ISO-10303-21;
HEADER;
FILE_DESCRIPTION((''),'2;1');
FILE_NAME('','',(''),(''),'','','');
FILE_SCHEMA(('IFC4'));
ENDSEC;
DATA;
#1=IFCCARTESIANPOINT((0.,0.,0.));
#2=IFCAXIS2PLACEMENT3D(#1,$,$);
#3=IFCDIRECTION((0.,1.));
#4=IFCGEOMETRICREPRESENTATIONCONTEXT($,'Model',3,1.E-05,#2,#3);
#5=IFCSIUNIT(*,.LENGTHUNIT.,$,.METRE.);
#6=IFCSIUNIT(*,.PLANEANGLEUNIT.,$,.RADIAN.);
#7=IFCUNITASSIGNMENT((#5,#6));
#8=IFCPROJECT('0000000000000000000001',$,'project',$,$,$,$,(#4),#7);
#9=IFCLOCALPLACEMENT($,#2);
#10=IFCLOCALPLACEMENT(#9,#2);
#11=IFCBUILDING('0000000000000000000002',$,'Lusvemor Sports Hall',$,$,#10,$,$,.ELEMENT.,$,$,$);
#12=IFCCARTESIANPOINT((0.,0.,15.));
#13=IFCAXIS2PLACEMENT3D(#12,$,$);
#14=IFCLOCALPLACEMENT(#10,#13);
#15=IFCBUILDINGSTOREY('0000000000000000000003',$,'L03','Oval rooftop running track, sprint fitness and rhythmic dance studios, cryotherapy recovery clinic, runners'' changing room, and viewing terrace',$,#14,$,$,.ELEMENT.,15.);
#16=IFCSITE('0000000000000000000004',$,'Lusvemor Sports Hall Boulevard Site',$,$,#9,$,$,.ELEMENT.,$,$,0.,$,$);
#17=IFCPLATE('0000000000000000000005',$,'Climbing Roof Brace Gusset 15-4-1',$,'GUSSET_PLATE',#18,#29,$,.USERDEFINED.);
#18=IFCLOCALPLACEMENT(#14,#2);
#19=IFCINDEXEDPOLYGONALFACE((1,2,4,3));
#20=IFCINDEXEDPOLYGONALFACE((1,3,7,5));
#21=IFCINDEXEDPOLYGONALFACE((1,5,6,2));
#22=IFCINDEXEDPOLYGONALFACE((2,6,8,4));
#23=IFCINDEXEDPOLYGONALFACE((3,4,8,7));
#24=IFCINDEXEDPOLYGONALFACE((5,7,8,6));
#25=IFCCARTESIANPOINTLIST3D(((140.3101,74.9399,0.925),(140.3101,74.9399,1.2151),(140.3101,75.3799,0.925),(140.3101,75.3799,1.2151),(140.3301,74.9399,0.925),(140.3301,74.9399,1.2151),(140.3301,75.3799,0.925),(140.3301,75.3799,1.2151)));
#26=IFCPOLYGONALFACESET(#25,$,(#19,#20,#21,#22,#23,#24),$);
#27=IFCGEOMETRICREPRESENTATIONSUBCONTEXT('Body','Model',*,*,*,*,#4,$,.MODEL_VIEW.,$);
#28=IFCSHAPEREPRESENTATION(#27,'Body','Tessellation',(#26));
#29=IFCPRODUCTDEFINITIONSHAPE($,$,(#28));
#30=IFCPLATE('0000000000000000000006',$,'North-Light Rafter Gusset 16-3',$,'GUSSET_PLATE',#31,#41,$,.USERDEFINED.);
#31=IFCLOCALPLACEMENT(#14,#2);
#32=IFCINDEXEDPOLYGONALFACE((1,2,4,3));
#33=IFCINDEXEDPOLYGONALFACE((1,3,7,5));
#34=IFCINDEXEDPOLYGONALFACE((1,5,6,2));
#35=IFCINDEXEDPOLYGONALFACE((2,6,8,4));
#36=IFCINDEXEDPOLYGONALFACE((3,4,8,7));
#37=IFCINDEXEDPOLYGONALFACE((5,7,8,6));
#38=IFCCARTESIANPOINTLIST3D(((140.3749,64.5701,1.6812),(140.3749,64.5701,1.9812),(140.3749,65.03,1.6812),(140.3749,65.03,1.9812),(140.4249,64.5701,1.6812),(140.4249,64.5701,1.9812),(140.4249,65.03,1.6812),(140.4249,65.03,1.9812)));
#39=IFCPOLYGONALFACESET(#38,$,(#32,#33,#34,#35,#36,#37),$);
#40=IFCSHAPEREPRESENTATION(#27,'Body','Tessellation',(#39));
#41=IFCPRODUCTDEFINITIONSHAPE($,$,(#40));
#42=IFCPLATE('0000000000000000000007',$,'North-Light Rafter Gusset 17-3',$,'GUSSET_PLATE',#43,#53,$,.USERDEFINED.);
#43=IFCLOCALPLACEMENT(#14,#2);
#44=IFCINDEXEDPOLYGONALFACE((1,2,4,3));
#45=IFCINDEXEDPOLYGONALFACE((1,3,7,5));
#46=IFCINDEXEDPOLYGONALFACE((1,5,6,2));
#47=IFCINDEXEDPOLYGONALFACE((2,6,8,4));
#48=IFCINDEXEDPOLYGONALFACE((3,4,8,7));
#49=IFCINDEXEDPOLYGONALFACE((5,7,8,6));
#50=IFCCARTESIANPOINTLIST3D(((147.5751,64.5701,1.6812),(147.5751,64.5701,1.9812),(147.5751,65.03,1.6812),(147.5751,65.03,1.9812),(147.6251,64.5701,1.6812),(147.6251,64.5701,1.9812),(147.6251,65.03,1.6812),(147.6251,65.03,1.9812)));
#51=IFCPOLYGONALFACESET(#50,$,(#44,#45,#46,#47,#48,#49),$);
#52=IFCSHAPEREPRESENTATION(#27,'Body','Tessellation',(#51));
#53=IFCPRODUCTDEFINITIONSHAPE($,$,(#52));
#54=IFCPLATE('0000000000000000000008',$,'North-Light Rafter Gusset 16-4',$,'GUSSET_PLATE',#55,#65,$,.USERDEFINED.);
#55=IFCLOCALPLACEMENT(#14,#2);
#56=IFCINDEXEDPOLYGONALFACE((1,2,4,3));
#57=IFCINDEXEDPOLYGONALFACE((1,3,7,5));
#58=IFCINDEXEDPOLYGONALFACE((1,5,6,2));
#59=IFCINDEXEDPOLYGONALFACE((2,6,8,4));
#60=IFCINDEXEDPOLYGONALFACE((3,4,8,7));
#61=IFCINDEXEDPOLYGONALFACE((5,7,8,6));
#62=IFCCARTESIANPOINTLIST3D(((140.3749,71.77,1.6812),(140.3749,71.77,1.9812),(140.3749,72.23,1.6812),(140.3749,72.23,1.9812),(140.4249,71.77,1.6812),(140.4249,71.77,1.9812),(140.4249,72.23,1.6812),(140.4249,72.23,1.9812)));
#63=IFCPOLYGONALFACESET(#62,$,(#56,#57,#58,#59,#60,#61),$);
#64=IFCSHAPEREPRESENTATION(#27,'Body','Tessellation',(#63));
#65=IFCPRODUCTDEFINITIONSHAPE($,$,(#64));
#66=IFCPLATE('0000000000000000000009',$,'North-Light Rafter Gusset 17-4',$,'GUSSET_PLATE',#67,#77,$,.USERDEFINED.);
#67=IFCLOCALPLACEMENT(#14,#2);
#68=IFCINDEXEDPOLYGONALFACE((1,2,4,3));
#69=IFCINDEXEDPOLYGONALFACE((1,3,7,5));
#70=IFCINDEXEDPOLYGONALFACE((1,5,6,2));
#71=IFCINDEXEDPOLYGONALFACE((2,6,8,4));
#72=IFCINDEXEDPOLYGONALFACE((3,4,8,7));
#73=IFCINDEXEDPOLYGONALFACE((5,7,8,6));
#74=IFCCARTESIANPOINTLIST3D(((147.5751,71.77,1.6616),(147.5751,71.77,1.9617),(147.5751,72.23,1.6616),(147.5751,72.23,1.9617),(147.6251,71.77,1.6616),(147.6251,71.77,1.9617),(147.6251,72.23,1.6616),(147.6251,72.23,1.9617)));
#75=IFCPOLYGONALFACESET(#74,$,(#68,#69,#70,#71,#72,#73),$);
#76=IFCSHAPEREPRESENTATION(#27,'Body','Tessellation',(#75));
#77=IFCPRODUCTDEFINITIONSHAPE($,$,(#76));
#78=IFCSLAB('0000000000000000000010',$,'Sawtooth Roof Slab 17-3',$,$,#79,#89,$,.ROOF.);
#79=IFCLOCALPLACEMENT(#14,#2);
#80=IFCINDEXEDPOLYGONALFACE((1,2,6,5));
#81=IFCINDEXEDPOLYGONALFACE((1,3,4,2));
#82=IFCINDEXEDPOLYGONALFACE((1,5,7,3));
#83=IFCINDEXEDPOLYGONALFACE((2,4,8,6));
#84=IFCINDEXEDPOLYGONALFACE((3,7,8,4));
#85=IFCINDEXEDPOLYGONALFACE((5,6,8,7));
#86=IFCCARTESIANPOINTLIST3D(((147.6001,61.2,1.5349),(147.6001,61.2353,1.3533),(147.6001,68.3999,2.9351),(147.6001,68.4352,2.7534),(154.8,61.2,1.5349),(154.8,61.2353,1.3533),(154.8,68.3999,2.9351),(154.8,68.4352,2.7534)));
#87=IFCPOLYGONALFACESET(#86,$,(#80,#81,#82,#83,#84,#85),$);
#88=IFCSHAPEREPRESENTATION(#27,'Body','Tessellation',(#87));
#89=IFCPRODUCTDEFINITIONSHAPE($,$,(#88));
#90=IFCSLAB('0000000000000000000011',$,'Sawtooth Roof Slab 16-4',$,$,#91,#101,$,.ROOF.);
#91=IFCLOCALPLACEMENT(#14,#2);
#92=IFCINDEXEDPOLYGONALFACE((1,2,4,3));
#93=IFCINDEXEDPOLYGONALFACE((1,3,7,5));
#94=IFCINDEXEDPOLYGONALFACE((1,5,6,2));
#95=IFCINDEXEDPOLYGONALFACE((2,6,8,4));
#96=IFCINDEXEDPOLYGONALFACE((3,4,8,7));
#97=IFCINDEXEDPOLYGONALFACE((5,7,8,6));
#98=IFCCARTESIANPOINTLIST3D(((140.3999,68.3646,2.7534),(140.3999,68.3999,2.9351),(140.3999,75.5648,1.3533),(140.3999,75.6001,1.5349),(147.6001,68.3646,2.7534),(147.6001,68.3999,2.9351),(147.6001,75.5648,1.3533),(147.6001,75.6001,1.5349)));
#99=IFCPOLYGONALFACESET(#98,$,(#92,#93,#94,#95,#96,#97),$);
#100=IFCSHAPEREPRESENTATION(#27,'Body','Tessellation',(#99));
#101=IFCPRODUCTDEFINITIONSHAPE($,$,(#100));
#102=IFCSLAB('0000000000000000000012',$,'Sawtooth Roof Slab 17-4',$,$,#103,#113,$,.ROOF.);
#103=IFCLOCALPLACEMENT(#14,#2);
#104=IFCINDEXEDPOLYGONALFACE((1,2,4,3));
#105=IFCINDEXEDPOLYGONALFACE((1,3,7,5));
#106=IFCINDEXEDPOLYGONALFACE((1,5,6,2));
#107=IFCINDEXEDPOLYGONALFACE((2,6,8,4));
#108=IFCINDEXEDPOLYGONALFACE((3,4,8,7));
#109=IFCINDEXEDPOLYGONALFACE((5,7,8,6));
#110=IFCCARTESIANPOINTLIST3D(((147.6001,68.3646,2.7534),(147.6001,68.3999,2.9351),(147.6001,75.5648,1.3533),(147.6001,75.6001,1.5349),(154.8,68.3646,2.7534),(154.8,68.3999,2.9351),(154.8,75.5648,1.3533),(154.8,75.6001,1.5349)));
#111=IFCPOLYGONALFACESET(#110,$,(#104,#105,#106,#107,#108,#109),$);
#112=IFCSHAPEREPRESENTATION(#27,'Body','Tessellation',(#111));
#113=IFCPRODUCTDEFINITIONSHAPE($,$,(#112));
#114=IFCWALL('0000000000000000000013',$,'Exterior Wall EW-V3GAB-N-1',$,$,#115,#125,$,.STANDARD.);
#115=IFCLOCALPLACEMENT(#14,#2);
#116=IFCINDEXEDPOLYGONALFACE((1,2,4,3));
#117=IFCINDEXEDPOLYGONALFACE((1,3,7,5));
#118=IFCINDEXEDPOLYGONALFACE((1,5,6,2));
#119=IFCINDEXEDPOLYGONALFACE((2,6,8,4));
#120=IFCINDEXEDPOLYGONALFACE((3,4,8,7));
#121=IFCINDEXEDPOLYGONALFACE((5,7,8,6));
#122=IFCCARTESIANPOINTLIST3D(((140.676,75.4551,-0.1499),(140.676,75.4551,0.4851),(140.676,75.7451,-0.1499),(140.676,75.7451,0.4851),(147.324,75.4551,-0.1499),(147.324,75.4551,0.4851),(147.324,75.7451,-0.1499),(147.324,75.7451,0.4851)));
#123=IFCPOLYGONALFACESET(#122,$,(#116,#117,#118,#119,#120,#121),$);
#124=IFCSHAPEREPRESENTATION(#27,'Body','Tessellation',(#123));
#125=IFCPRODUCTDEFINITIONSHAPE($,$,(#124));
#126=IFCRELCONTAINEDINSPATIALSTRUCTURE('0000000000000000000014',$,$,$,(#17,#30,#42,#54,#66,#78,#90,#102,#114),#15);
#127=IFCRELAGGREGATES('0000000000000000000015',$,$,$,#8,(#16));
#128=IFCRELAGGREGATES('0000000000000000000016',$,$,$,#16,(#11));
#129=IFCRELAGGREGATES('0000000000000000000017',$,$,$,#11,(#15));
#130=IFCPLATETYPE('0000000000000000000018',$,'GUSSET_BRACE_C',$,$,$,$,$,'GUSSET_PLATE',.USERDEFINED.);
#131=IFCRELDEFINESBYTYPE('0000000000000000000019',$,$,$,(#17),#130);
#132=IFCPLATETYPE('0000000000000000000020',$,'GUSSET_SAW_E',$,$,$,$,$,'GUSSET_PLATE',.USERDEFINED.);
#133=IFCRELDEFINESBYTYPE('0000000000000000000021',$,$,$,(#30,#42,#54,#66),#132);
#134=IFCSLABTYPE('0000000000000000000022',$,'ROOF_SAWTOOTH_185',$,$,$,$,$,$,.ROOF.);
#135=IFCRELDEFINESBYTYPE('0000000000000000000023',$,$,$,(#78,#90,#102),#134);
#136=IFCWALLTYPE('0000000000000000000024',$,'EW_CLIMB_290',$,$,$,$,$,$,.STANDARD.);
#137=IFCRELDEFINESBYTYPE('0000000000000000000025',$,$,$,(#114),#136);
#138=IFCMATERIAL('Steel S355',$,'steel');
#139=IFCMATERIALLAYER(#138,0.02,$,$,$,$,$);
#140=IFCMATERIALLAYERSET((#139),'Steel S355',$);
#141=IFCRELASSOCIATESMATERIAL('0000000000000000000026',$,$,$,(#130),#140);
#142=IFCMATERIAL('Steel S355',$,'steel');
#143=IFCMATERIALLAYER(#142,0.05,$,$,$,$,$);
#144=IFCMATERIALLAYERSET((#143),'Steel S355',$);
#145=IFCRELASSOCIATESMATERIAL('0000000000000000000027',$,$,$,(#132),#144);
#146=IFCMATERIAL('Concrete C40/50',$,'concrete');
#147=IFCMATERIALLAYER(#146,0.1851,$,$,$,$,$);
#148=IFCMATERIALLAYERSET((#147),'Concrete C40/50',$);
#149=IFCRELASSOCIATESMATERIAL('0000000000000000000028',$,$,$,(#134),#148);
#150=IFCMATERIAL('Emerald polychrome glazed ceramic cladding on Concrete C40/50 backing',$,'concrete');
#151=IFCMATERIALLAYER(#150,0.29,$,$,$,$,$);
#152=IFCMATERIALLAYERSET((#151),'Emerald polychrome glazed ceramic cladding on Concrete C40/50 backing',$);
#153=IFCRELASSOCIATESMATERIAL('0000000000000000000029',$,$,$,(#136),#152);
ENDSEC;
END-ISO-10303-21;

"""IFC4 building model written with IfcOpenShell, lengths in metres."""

from ifc_helpers import new_model, si_unit, direction, frame, frame_2d, origin, origin_2d, place, context, subcontext, project, spatial, polyline, rectangle, outline, extrude, material, layer, layer_set, type_object, element, save


model = new_model("IFC4")

# Units and contexts
model_context = context("Model", 3, precision=1e-05, world=origin(), true_north=direction((0.0, 1.0)))
body_context = subcontext(model_context, "Body", "Model", "MODEL_VIEW")
ifc_project = project(units=[si_unit("LENGTHUNIT", "METRE"), si_unit("PLANEANGLEUNIT", "RADIAN")], contexts=[model_context])

# Site, building, storey
site_placement = place(None, origin())
site = spatial("IfcSite", under=ifc_project, at=site_placement, Name="Lusvemor Sports Hall Boulevard Site", CompositionType="ELEMENT", RefElevation=0.0)
building_placement = place(site_placement, origin())
building = spatial("IfcBuilding", under=site, at=building_placement, Name="Lusvemor Sports Hall", CompositionType="ELEMENT")
storey_placement = place(building_placement, frame((0.0, 0.0, 15.0)))
storey = spatial("IfcBuildingStorey", under=building, at=storey_placement, Name="L03", Description="Oval rooftop running track, sprint fitness and rhythmic dance studios, cryotherapy recovery clinic, runners' changing room, and viewing terrace", CompositionType="ELEMENT", Elevation=15.0)

# Plates
ifc_material_1 = material(Name="Steel S355", Category="steel")
ifc_layer_1 = layer(ifc_material_1, 0.02)
ifc_layer_set_1 = layer_set([ifc_layer_1], Name="Steel S355")
plate_type_1 = type_object("IfcPlateType", Name="GUSSET_BRACE_C", ElementType="GUSSET_PLATE", PredefinedType="USERDEFINED", material=ifc_layer_set_1)
plate_placement = place(storey_placement, frame((140.3201, 75.1599, 0.925), z_axis=(0.0, 0.0, 1.0), x_axis=(1.0, 0.0, 0.0)))
element("IfcPlate", 1, at=plate_placement, inside=storey, type_object=plate_type_1, Name="Climbing Roof Brace Gusset 15-4-1", ObjectType="GUSSET_PLATE", PredefinedType="USERDEFINED", context=body_context, shape_type="SweptSolid", body=[
    extrude(rectangle(XDim=0.02, YDim=0.4399, at=origin_2d()), origin(), (0.0, 0.0, 1.0), 0.29),
])
ifc_material_2 = material(Name="Steel S355", Category="steel")
ifc_layer_2 = layer(ifc_material_2, 0.05)
ifc_layer_set_2 = layer_set([ifc_layer_2], Name="Steel S355")
plate_type_2 = type_object("IfcPlateType", Name="GUSSET_SAW_E", ElementType="GUSSET_PLATE", PredefinedType="USERDEFINED", material=ifc_layer_set_2)
for number, where, z_axis, x_axis, name in (
    (2, (140.3999, 64.8, 1.6812), (0.0, 0.0, 1.0), (1.0, 0.0, 0.0), "North-Light Rafter Gusset 16-3"),
    (3, (147.6001, 64.8, 1.6812), (0.0, 0.0, 1.0), (1.0, 0.0, 0.0), "North-Light Rafter Gusset 17-3"),
    (4, (140.3999, 72.0, 1.6812), (0.0, 0.0, 1.0), (1.0, 0.0, 0.0), "North-Light Rafter Gusset 16-4"),
    (5, (147.6001, 72.0, 1.6616), (0.0, 0.0, 1.0), (1.0, 0.0, 0.0), "North-Light Rafter Gusset 17-4"),
):
    element("IfcPlate", number, at=place(storey_placement, frame(where, z_axis=z_axis, x_axis=x_axis)), inside=storey, type_object=plate_type_2, Name=name, ObjectType="GUSSET_PLATE", PredefinedType="USERDEFINED", context=body_context, shape_type="SweptSolid", body=[
        extrude(rectangle(XDim=0.05, YDim=0.46, at=origin_2d()), origin(), (0.0, 0.0, 1.0), 0.3),
    ])

# Slabs
ifc_material_3 = material(Name="Concrete C40/50", Category="concrete")
ifc_layer_3 = layer(ifc_material_3, 0.1851)
ifc_layer_set_3 = layer_set([ifc_layer_3], Name="Concrete C40/50")
slab_type = type_object("IfcSlabType", Name="ROOF_SAWTOOTH_185", PredefinedType="ROOF", material=ifc_layer_set_3)
slab_1_placement = place(storey_placement, frame((147.6001, 61.2, 1.5349), z_axis=(0.0, -0.19089, 0.981611), x_axis=(1.0, 0.0, 0.0)))
element("IfcSlab", 6, at=slab_1_placement, inside=storey, type_object=slab_type, Name="Sawtooth Roof Slab 17-3", PredefinedType="ROOF", context=body_context, shape_type="SweptSolid", body=[
    extrude(outline(polyline([(0.0, 0.0), (7.2, 0.0), (7.2, 7.3348), (0.0, 7.3348), (0.0, 0.0)])), origin(), (0.0, 0.0, -1.0), 0.1851),
])
slab_2_placement = place(storey_placement, frame((140.3999, 68.3999, 2.9351), z_axis=(0.0, 0.190884, 0.981613), x_axis=(1.0, 0.0, 0.0)))
element("IfcSlab", 7, at=slab_2_placement, inside=storey, type_object=slab_type, Name="Sawtooth Roof Slab 16-4", PredefinedType="ROOF", context=body_context, shape_type="SweptSolid", body=[
    extrude(outline(polyline([(0.0, 0.0), (7.2002, 0.0), (7.2002, 7.3351), (0.0, 7.3351), (0.0, 0.0)])), origin(), (0.0, 0.0, -1.0), 0.1851),
])
slab_3_placement = place(storey_placement, frame((147.6001, 68.3999, 2.9351), z_axis=(0.0, 0.190884, 0.981613), x_axis=(1.0, 0.0, 0.0)))
element("IfcSlab", 8, at=slab_3_placement, inside=storey, type_object=slab_type, Name="Sawtooth Roof Slab 17-4", PredefinedType="ROOF", context=body_context, shape_type="SweptSolid", body=[
    extrude(outline(polyline([(0.0, 0.0), (7.2, 0.0), (7.2, 7.3351), (0.0, 7.3351), (0.0, 0.0)])), origin(), (0.0, 0.0, -1.0), 0.1851),
])

# Wall
ifc_material_4 = material(Name="Emerald polychrome glazed ceramic cladding on Concrete C40/50 backing", Category="concrete")
ifc_layer_4 = layer(ifc_material_4, 0.29)
ifc_layer_set_4 = layer_set([ifc_layer_4], Name="Emerald polychrome glazed ceramic cladding on Concrete C40/50 backing")
wall_type = type_object("IfcWallType", Name="EW_CLIMB_290", PredefinedType="STANDARD", material=ifc_layer_set_4)
wall_placement = place(storey_placement, frame((140.676, 75.6001, -0.1499), z_axis=(0.0, 0.0, 1.0), x_axis=(1.0, 0.0, 0.0)))
element("IfcWall", 9, at=wall_placement, inside=storey, type_object=wall_type, Name="Exterior Wall EW-V3GAB-N-1", PredefinedType="STANDARD", context=body_context, shape_type="SweptSolid", body=[
    extrude(rectangle(XDim=6.6479, YDim=0.29, at=frame_2d((3.324, 0.0))), origin(), (0.0, 0.0, 1.0), 0.635),
])

save(model, "model.ifc")
